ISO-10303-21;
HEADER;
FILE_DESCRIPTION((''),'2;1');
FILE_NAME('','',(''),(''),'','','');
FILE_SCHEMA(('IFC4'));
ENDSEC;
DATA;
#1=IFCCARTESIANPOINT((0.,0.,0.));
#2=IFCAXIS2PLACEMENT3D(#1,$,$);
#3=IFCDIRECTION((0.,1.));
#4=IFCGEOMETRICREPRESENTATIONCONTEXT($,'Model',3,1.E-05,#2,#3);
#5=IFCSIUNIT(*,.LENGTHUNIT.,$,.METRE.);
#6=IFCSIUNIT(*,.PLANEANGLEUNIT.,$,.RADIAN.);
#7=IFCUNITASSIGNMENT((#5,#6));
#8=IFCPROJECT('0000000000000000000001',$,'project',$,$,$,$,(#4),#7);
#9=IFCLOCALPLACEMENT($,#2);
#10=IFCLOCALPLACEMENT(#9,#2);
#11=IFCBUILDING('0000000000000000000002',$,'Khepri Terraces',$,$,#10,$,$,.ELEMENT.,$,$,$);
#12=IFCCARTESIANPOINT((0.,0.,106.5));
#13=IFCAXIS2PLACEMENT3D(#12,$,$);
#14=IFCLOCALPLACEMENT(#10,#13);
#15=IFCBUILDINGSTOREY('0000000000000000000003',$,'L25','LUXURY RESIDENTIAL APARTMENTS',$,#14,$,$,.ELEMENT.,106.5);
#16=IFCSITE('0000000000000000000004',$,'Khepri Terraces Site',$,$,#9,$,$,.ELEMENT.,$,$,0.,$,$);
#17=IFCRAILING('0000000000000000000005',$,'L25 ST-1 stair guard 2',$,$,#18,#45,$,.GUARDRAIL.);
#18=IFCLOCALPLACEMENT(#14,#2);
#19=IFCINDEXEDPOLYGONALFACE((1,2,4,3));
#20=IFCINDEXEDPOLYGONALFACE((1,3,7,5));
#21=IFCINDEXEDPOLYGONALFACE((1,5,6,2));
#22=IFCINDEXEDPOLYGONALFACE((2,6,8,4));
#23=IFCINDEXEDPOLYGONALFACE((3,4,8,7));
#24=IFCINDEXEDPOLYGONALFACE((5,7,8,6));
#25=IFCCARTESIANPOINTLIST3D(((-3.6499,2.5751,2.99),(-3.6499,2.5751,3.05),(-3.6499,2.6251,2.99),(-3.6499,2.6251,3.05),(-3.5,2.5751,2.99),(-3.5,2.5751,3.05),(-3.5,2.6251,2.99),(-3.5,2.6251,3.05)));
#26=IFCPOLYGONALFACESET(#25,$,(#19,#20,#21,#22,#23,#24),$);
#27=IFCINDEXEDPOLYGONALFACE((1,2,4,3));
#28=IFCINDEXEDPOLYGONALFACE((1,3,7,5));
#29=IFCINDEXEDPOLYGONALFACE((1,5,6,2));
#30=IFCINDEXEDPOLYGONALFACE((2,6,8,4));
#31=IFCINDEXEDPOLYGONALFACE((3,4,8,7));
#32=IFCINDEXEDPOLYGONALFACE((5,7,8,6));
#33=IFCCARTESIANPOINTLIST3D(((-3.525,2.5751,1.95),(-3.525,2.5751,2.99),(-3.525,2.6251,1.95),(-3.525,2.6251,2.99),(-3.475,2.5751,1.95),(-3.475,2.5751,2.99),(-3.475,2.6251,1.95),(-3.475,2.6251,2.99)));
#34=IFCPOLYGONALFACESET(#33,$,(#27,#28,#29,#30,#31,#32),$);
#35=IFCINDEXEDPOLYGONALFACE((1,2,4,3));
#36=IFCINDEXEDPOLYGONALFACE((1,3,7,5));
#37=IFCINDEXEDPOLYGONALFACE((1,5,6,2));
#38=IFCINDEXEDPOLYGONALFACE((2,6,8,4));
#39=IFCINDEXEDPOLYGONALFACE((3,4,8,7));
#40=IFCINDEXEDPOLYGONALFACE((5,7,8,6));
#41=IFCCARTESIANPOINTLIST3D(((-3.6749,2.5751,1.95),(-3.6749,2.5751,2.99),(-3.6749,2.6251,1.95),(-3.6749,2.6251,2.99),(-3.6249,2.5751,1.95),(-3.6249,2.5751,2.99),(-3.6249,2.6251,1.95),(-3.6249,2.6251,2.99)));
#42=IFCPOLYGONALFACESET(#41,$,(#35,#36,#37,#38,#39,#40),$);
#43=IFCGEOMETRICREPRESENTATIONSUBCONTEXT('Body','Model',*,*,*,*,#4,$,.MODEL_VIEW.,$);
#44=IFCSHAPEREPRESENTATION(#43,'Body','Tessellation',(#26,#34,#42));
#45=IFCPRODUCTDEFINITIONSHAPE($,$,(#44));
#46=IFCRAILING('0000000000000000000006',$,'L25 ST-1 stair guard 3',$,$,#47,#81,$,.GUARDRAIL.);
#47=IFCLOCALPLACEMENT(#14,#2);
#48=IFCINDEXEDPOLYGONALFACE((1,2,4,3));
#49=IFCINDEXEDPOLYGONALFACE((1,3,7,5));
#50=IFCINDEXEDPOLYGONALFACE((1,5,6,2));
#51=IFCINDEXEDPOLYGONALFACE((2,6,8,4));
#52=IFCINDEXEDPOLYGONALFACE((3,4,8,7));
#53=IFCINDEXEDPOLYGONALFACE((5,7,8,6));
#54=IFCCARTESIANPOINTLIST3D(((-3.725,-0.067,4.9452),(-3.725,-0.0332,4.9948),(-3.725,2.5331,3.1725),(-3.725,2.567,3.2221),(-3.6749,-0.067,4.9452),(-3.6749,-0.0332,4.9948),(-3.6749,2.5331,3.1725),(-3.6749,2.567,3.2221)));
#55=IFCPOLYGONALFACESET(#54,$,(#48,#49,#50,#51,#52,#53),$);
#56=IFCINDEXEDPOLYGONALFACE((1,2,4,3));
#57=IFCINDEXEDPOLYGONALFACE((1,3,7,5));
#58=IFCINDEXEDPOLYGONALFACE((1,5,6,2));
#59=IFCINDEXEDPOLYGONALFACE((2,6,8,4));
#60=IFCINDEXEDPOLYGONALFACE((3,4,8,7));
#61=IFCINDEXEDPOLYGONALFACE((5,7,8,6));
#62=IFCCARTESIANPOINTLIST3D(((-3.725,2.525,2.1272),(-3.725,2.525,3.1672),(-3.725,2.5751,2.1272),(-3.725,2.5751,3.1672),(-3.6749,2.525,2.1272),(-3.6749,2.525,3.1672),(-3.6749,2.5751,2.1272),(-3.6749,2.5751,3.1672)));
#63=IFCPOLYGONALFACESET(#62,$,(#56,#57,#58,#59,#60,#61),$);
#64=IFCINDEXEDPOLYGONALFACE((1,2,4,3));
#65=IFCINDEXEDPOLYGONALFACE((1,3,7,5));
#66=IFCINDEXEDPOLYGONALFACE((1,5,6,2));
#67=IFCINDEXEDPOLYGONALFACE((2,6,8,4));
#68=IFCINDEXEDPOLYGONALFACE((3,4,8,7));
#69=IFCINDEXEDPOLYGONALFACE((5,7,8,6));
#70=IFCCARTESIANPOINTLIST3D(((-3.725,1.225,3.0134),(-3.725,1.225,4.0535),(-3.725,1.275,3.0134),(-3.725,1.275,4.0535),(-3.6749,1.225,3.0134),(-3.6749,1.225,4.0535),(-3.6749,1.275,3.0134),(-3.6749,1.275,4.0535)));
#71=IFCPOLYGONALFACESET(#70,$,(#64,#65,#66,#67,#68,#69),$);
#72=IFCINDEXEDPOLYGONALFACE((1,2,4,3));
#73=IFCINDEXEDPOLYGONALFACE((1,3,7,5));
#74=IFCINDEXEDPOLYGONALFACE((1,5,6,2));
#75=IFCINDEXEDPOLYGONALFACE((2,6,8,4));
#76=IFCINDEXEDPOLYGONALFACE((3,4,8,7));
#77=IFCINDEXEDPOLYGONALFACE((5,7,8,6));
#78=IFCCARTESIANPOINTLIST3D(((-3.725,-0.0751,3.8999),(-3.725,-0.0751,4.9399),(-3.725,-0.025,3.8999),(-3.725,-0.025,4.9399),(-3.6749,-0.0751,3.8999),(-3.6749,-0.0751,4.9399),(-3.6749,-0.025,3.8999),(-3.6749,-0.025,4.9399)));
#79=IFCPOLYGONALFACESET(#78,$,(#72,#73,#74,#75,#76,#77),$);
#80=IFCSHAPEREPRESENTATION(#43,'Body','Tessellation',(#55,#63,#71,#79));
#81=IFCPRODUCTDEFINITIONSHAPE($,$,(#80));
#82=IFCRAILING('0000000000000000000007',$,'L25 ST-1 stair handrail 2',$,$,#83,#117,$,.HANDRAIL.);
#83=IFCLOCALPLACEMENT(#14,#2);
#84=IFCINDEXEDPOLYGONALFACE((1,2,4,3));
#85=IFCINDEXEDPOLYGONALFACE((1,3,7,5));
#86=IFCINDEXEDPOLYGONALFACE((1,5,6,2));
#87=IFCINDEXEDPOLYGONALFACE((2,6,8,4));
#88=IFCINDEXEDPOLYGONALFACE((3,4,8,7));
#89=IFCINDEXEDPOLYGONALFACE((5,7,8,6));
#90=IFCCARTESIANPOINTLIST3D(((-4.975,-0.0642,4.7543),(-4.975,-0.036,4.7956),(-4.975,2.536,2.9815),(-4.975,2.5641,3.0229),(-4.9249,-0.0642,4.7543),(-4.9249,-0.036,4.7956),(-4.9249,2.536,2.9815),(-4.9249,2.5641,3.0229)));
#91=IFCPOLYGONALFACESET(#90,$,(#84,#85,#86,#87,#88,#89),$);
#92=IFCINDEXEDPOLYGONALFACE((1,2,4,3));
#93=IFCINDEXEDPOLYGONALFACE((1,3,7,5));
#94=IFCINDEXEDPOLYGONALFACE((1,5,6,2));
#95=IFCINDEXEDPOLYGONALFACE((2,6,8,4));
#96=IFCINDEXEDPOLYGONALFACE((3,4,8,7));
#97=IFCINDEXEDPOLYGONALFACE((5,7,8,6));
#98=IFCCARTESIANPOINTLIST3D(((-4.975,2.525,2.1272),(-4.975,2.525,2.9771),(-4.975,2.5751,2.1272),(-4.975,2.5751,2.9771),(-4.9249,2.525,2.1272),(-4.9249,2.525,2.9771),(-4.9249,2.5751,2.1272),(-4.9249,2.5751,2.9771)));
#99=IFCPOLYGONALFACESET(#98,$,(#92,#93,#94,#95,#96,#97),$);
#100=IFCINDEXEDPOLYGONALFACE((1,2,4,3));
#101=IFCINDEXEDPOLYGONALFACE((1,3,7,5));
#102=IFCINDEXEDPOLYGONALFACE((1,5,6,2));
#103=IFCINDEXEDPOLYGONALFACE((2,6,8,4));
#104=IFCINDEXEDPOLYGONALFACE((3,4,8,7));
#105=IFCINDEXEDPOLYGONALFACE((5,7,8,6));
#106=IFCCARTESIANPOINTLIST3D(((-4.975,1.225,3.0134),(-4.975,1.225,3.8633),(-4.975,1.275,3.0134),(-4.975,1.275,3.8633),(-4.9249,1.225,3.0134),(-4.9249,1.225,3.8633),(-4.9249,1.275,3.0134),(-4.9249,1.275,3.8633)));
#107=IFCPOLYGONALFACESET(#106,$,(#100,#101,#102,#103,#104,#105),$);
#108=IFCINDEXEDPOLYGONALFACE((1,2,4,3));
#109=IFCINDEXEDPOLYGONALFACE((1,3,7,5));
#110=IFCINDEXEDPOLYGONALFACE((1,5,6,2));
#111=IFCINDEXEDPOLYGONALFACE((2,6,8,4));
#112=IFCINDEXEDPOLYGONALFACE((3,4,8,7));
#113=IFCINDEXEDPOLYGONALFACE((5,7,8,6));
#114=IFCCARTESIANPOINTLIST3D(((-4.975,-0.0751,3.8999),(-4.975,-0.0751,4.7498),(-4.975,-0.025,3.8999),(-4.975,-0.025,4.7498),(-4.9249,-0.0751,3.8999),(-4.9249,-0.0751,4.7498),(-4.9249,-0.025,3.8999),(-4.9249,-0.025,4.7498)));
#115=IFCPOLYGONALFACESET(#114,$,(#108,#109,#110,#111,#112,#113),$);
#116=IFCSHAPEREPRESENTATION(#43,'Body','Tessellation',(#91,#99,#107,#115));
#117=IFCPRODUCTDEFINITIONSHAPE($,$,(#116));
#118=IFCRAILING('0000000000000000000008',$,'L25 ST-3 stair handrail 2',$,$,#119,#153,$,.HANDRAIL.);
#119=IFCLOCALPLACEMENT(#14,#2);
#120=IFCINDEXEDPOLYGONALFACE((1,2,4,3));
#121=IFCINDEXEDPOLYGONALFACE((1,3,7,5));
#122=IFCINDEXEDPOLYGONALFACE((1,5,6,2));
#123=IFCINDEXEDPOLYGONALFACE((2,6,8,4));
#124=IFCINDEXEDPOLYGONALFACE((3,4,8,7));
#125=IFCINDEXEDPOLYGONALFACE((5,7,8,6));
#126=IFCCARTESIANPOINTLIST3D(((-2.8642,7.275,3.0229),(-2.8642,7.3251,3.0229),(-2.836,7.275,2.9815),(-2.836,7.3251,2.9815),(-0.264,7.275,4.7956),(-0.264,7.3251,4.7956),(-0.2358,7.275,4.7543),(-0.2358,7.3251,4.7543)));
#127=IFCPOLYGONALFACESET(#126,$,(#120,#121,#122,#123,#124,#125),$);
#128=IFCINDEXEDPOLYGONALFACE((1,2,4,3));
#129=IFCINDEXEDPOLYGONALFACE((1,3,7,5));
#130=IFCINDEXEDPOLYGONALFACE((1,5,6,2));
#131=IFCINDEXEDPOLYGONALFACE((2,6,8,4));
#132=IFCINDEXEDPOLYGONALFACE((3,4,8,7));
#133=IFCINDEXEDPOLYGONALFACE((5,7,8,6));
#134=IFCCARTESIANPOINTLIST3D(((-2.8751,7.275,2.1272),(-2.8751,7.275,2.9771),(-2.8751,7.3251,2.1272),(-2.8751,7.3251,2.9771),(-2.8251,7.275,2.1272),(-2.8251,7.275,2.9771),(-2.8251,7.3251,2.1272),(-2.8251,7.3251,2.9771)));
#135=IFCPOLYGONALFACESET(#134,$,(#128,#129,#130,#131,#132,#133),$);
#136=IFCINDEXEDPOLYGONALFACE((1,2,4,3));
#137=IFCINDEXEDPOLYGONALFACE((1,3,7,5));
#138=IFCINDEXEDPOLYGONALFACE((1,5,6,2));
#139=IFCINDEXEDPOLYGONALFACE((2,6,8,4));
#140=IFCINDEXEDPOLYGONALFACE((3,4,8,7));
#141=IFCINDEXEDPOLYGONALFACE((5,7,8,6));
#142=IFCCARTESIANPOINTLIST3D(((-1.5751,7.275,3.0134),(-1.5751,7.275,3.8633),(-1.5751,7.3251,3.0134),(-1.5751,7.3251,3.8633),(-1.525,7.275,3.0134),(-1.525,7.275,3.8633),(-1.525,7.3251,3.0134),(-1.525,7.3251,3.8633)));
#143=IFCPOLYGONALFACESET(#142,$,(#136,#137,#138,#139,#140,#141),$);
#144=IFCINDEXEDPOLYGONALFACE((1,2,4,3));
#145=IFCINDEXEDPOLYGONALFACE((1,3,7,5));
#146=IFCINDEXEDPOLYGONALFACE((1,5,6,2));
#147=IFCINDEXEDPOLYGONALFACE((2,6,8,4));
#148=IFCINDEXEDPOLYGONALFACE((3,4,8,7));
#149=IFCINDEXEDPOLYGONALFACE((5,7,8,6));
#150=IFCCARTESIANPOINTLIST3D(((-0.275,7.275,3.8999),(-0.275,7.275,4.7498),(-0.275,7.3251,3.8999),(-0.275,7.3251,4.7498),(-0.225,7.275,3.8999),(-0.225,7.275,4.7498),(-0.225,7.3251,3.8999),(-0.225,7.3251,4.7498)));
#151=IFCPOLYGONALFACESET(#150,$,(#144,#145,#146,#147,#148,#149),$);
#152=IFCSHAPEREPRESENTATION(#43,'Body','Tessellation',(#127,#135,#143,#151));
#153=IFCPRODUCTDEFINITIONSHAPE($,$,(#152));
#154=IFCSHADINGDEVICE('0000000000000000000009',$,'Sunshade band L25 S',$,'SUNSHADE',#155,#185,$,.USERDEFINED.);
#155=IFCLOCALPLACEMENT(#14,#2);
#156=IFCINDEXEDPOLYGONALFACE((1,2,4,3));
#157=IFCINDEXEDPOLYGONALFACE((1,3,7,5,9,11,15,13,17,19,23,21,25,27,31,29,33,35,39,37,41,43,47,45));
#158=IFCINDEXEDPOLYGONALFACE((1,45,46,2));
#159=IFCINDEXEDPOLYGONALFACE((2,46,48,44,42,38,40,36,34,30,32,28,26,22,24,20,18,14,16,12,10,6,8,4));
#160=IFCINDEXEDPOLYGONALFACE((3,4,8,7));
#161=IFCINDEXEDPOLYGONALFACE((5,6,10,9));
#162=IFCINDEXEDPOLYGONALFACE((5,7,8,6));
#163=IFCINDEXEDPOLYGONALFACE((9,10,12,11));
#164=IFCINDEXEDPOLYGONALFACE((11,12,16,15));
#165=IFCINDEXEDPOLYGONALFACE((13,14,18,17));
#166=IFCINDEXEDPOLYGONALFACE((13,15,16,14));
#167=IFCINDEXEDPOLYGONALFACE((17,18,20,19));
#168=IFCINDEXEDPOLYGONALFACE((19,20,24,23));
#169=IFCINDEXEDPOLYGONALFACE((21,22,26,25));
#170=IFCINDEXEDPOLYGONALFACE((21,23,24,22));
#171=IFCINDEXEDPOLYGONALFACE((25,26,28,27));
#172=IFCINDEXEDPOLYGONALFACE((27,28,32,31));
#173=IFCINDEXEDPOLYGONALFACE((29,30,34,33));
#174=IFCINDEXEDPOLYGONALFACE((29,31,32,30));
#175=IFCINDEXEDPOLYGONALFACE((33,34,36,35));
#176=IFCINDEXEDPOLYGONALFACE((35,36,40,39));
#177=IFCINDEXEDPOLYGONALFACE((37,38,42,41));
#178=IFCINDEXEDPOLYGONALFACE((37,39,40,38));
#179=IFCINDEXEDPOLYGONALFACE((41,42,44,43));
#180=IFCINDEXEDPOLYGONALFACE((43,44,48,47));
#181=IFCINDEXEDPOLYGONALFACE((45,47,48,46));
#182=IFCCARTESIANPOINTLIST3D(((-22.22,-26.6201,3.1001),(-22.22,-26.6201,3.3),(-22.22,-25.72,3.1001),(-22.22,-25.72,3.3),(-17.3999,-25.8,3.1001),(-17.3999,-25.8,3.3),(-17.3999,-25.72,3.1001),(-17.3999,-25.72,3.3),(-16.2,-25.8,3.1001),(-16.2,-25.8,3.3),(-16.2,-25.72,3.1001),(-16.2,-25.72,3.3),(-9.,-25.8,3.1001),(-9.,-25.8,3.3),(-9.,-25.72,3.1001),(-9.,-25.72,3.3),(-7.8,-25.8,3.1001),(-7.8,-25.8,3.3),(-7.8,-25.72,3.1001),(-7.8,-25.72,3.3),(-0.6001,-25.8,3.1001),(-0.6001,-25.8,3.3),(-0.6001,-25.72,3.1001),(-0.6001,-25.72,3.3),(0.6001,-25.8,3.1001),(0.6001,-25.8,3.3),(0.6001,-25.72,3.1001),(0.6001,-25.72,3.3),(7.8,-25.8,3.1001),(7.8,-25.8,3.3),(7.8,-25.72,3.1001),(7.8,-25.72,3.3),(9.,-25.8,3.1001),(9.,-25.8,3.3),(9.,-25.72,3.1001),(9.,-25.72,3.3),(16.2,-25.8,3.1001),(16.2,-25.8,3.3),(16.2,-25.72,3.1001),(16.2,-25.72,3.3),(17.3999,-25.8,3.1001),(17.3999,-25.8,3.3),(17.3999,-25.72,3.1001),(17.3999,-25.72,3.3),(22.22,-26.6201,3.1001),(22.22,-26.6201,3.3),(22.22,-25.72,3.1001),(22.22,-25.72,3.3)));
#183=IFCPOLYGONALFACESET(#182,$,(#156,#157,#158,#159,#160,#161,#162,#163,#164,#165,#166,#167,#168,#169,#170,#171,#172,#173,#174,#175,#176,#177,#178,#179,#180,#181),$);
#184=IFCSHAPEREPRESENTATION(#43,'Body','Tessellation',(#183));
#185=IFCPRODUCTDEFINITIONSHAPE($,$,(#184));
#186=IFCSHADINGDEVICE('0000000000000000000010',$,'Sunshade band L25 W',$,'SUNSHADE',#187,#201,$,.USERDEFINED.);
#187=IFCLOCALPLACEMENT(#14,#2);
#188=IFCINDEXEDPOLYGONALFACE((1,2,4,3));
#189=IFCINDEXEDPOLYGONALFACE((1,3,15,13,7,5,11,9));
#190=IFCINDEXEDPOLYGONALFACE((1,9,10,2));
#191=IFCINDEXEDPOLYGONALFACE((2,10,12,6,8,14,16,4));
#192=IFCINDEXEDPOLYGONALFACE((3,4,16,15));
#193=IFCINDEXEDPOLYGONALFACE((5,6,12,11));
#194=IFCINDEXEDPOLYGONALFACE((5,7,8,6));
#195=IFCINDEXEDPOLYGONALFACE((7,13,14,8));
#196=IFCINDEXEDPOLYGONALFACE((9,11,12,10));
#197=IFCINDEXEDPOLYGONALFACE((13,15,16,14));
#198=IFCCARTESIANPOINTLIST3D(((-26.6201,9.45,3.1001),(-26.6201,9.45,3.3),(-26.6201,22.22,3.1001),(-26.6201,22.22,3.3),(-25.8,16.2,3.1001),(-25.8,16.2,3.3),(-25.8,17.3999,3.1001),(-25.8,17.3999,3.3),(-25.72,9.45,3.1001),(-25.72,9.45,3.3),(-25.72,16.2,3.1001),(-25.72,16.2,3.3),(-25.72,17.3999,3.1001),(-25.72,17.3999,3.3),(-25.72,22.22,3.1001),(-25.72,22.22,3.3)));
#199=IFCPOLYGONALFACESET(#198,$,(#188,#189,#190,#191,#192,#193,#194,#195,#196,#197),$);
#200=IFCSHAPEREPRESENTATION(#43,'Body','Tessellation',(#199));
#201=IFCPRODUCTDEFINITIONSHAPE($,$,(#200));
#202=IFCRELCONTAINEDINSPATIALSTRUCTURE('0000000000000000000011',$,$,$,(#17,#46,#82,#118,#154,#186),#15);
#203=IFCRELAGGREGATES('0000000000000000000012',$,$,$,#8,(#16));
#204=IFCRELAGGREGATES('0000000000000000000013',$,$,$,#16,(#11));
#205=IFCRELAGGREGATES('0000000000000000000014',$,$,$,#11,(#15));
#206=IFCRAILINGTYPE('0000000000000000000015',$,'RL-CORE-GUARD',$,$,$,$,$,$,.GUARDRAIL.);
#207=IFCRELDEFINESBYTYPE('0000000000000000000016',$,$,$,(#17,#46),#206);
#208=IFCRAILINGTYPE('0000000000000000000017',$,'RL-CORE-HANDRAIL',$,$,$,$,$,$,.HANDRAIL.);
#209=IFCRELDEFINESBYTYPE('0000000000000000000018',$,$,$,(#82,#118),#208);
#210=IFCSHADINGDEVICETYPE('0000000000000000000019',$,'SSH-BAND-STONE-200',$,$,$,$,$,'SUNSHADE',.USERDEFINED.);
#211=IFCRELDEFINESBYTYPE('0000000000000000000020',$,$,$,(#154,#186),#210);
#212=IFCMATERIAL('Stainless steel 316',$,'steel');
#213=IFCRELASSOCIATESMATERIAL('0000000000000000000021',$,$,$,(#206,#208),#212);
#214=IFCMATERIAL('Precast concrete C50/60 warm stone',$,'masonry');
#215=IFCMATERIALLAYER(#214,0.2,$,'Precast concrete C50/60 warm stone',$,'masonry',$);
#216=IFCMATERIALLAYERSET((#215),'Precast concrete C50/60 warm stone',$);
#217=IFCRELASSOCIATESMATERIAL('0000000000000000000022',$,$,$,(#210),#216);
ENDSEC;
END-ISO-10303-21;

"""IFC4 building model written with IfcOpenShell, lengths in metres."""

from ifc_helpers import new_model, si_unit, direction, frame, origin, origin_2d, place, context, subcontext, project, spatial, polyline, rectangle, outline, extrude, material, layer, layer_set, type_object, element, save


model = new_model("IFC4")

# Units and contexts
model_context = context("Model", 3, precision=1e-05, world=origin(), true_north=direction((0.0, 1.0)))
body_context = subcontext(model_context, "Body", "Model", "MODEL_VIEW")
ifc_project = project(units=[si_unit("LENGTHUNIT", "METRE"), si_unit("PLANEANGLEUNIT", "RADIAN")], contexts=[model_context])

# Site, building, storey
site_placement = place(None, origin())
site = spatial("IfcSite", under=ifc_project, at=site_placement, Name="Khepri Terraces Site", CompositionType="ELEMENT", RefElevation=0.0)
building_placement = place(site_placement, origin())
building = spatial("IfcBuilding", under=site, at=building_placement, Name="Khepri Terraces", CompositionType="ELEMENT")
storey_placement = place(building_placement, frame((0.0, 0.0, 106.5)))
storey = spatial("IfcBuildingStorey", under=building, at=storey_placement, Name="L25", Description="LUXURY RESIDENTIAL APARTMENTS", CompositionType="ELEMENT", Elevation=106.5)

# Railings
ifc_material_1 = material(Name="Stainless steel 316", Category="steel")
railing_type_1 = type_object("IfcRailingType", Name="RL-CORE-GUARD", PredefinedType="GUARDRAIL", material=ifc_material_1)
railing_1_placement = place(storey_placement, frame((-3.5, 2.6001, 1.95)))
element("IfcRailing", 1, at=railing_1_placement, inside=storey, type_object=railing_type_1, Name="L25 ST-1 stair guard 2", PredefinedType="GUARDRAIL", context=body_context, shape_type="SweptSolid", body=[
    extrude(rectangle(XDim=0.05, YDim=0.0601, at=origin_2d()), frame((0.0, 0.0, 1.0701), z_axis=(-1.0, 0.0, 0.0), x_axis=(0.0, -1.0, 0.0)), (0.0, 0.0, 1.0), 0.1499),
    extrude(rectangle(XDim=0.05, YDim=0.05, at=origin_2d()), origin(), (0.0, 0.0, 1.0), 1.04),
    extrude(rectangle(XDim=0.05, YDim=0.05, at=origin_2d()), frame((-0.1499, 0.0, 0.0)), (0.0, 0.0, 1.0), 1.04),
])
railing_2_placement = place(storey_placement, frame((-3.7, 2.55, 2.1272)))
element("IfcRailing", 2, at=railing_2_placement, inside=storey, type_object=railing_type_1, Name="L25 ST-1 stair guard 3", PredefinedType="GUARDRAIL", context=body_context, shape_type="SweptSolid", body=[
    extrude(rectangle(XDim=0.05, YDim=0.0601, at=origin_2d()), frame((0.0, 0.0, 1.0701), z_axis=(0.0, -0.82624, 0.563318), x_axis=(1.0, 0.0, 0.0)), (0.0, 0.0, 1.0), 3.147),
    extrude(rectangle(XDim=0.05, YDim=0.05, at=origin_2d()), origin(), (0.0, 0.0, 1.0), 1.04),
    extrude(rectangle(XDim=0.05, YDim=0.05, at=origin_2d()), frame((0.0, -1.3, 0.8862)), (0.0, 0.0, 1.0), 1.04),
    extrude(rectangle(XDim=0.05, YDim=0.05, at=origin_2d()), frame((0.0, -2.6001, 1.7727)), (0.0, 0.0, 1.0), 1.04),
])
railing_type_2 = type_object("IfcRailingType", Name="RL-CORE-HANDRAIL", PredefinedType="HANDRAIL", material=ifc_material_1)
railing_3_placement = place(storey_placement, frame((-4.95, 2.55, 2.1272)))
element("IfcRailing", 3, at=railing_3_placement, inside=storey, type_object=railing_type_2, Name="L25 ST-1 stair handrail 2", PredefinedType="HANDRAIL", context=body_context, shape_type="SweptSolid", body=[
    extrude(rectangle(XDim=0.05, YDim=0.05, at=origin_2d()), frame((0.0, 0.0, 0.875), z_axis=(0.0, -0.82624, 0.563318), x_axis=(1.0, 0.0, 0.0)), (0.0, 0.0, 1.0), 3.147),
    extrude(rectangle(XDim=0.05, YDim=0.05, at=origin_2d()), origin(), (0.0, 0.0, 1.0), 0.8499),
    extrude(rectangle(XDim=0.05, YDim=0.05, at=origin_2d()), frame((0.0, -1.3, 0.8862)), (0.0, 0.0, 1.0), 0.8499),
    extrude(rectangle(XDim=0.05, YDim=0.05, at=origin_2d()), frame((0.0, -2.6001, 1.7727)), (0.0, 0.0, 1.0), 0.8499),
])
railing_4_placement = place(storey_placement, frame((-2.8501, 7.3, 2.1272)))
element("IfcRailing", 4, at=railing_4_placement, inside=storey, type_object=railing_type_2, Name="L25 ST-3 stair handrail 2", PredefinedType="HANDRAIL", context=body_context, shape_type="SweptSolid", body=[
    extrude(rectangle(XDim=0.05, YDim=0.05, at=origin_2d()), frame((0.0, 0.0, 0.875), z_axis=(0.82624, 0.0, 0.563318), x_axis=(0.0, 1.0, 0.0)), (0.0, 0.0, 1.0), 3.147),
    extrude(rectangle(XDim=0.05, YDim=0.05, at=origin_2d()), origin(), (0.0, 0.0, 1.0), 0.8499),
    extrude(rectangle(XDim=0.05, YDim=0.05, at=origin_2d()), frame((1.3, 0.0, 0.8862)), (0.0, 0.0, 1.0), 0.8499),
    extrude(rectangle(XDim=0.05, YDim=0.05, at=origin_2d()), frame((2.6001, 0.0, 1.7727)), (0.0, 0.0, 1.0), 0.8499),
])

# Shading devices
ifc_material_2 = material(Name="Precast concrete C50/60 warm stone", Category="masonry")
ifc_layer_1 = layer(ifc_material_2, 0.2, Name="Precast concrete C50/60 warm stone", Category="masonry")
ifc_layer_set_1 = layer_set([ifc_layer_1], Name="Precast concrete C50/60 warm stone")
shading_device_type_1 = type_object("IfcShadingDeviceType", Name="SSH-BAND-STONE-200", ElementType="SUNSHADE", PredefinedType="USERDEFINED", material=ifc_layer_set_1)
shading_device_1_placement = place(storey_placement, frame((0.0, 0.0, 3.1001)))
element("IfcShadingDevice", 5, at=shading_device_1_placement, inside=storey, type_object=shading_device_type_1, Name="Sunshade band L25 S", ObjectType="SUNSHADE", PredefinedType="USERDEFINED", context=body_context, shape_type="SweptSolid", body=[
    extrude(outline(polyline([(-17.3999, -25.72), (-22.22, -25.72), (-22.22, -26.6201), (22.22, -26.6201), (22.22, -25.72), (17.3999, -25.72), (17.3999, -25.8), (16.2, -25.8), (16.2, -25.72), (9.0, -25.72), (9.0, -25.8), (7.8, -25.8), (7.8, -25.72), (0.6001, -25.72), (0.6001, -25.8), (-0.6001, -25.8), (-0.6001, -25.72), (-7.8, -25.72), (-7.8, -25.8), (-9.0, -25.8), (-9.0, -25.72), (-16.2, -25.72), (-16.2, -25.8), (-17.3999, -25.8), (-17.3999, -25.72)])), origin(), (0.0, 0.0, 1.0), 0.2),
])
shading_device_2_placement = place(storey_placement, frame((0.0, 0.0, 3.1001)))
element("IfcShadingDevice", 6, at=shading_device_2_placement, inside=storey, type_object=shading_device_type_1, Name="Sunshade band L25 W", ObjectType="SUNSHADE", PredefinedType="USERDEFINED", context=body_context, shape_type="SweptSolid", body=[
    extrude(outline(polyline([(-25.72, 17.3999), (-25.72, 22.22), (-26.6201, 22.22), (-26.6201, 9.45), (-25.72, 9.45), (-25.72, 16.2), (-25.8, 16.2), (-25.8, 17.3999), (-25.72, 17.3999)])), origin(), (0.0, 0.0, 1.0), 0.2),
])

save(model, "model.ifc")
